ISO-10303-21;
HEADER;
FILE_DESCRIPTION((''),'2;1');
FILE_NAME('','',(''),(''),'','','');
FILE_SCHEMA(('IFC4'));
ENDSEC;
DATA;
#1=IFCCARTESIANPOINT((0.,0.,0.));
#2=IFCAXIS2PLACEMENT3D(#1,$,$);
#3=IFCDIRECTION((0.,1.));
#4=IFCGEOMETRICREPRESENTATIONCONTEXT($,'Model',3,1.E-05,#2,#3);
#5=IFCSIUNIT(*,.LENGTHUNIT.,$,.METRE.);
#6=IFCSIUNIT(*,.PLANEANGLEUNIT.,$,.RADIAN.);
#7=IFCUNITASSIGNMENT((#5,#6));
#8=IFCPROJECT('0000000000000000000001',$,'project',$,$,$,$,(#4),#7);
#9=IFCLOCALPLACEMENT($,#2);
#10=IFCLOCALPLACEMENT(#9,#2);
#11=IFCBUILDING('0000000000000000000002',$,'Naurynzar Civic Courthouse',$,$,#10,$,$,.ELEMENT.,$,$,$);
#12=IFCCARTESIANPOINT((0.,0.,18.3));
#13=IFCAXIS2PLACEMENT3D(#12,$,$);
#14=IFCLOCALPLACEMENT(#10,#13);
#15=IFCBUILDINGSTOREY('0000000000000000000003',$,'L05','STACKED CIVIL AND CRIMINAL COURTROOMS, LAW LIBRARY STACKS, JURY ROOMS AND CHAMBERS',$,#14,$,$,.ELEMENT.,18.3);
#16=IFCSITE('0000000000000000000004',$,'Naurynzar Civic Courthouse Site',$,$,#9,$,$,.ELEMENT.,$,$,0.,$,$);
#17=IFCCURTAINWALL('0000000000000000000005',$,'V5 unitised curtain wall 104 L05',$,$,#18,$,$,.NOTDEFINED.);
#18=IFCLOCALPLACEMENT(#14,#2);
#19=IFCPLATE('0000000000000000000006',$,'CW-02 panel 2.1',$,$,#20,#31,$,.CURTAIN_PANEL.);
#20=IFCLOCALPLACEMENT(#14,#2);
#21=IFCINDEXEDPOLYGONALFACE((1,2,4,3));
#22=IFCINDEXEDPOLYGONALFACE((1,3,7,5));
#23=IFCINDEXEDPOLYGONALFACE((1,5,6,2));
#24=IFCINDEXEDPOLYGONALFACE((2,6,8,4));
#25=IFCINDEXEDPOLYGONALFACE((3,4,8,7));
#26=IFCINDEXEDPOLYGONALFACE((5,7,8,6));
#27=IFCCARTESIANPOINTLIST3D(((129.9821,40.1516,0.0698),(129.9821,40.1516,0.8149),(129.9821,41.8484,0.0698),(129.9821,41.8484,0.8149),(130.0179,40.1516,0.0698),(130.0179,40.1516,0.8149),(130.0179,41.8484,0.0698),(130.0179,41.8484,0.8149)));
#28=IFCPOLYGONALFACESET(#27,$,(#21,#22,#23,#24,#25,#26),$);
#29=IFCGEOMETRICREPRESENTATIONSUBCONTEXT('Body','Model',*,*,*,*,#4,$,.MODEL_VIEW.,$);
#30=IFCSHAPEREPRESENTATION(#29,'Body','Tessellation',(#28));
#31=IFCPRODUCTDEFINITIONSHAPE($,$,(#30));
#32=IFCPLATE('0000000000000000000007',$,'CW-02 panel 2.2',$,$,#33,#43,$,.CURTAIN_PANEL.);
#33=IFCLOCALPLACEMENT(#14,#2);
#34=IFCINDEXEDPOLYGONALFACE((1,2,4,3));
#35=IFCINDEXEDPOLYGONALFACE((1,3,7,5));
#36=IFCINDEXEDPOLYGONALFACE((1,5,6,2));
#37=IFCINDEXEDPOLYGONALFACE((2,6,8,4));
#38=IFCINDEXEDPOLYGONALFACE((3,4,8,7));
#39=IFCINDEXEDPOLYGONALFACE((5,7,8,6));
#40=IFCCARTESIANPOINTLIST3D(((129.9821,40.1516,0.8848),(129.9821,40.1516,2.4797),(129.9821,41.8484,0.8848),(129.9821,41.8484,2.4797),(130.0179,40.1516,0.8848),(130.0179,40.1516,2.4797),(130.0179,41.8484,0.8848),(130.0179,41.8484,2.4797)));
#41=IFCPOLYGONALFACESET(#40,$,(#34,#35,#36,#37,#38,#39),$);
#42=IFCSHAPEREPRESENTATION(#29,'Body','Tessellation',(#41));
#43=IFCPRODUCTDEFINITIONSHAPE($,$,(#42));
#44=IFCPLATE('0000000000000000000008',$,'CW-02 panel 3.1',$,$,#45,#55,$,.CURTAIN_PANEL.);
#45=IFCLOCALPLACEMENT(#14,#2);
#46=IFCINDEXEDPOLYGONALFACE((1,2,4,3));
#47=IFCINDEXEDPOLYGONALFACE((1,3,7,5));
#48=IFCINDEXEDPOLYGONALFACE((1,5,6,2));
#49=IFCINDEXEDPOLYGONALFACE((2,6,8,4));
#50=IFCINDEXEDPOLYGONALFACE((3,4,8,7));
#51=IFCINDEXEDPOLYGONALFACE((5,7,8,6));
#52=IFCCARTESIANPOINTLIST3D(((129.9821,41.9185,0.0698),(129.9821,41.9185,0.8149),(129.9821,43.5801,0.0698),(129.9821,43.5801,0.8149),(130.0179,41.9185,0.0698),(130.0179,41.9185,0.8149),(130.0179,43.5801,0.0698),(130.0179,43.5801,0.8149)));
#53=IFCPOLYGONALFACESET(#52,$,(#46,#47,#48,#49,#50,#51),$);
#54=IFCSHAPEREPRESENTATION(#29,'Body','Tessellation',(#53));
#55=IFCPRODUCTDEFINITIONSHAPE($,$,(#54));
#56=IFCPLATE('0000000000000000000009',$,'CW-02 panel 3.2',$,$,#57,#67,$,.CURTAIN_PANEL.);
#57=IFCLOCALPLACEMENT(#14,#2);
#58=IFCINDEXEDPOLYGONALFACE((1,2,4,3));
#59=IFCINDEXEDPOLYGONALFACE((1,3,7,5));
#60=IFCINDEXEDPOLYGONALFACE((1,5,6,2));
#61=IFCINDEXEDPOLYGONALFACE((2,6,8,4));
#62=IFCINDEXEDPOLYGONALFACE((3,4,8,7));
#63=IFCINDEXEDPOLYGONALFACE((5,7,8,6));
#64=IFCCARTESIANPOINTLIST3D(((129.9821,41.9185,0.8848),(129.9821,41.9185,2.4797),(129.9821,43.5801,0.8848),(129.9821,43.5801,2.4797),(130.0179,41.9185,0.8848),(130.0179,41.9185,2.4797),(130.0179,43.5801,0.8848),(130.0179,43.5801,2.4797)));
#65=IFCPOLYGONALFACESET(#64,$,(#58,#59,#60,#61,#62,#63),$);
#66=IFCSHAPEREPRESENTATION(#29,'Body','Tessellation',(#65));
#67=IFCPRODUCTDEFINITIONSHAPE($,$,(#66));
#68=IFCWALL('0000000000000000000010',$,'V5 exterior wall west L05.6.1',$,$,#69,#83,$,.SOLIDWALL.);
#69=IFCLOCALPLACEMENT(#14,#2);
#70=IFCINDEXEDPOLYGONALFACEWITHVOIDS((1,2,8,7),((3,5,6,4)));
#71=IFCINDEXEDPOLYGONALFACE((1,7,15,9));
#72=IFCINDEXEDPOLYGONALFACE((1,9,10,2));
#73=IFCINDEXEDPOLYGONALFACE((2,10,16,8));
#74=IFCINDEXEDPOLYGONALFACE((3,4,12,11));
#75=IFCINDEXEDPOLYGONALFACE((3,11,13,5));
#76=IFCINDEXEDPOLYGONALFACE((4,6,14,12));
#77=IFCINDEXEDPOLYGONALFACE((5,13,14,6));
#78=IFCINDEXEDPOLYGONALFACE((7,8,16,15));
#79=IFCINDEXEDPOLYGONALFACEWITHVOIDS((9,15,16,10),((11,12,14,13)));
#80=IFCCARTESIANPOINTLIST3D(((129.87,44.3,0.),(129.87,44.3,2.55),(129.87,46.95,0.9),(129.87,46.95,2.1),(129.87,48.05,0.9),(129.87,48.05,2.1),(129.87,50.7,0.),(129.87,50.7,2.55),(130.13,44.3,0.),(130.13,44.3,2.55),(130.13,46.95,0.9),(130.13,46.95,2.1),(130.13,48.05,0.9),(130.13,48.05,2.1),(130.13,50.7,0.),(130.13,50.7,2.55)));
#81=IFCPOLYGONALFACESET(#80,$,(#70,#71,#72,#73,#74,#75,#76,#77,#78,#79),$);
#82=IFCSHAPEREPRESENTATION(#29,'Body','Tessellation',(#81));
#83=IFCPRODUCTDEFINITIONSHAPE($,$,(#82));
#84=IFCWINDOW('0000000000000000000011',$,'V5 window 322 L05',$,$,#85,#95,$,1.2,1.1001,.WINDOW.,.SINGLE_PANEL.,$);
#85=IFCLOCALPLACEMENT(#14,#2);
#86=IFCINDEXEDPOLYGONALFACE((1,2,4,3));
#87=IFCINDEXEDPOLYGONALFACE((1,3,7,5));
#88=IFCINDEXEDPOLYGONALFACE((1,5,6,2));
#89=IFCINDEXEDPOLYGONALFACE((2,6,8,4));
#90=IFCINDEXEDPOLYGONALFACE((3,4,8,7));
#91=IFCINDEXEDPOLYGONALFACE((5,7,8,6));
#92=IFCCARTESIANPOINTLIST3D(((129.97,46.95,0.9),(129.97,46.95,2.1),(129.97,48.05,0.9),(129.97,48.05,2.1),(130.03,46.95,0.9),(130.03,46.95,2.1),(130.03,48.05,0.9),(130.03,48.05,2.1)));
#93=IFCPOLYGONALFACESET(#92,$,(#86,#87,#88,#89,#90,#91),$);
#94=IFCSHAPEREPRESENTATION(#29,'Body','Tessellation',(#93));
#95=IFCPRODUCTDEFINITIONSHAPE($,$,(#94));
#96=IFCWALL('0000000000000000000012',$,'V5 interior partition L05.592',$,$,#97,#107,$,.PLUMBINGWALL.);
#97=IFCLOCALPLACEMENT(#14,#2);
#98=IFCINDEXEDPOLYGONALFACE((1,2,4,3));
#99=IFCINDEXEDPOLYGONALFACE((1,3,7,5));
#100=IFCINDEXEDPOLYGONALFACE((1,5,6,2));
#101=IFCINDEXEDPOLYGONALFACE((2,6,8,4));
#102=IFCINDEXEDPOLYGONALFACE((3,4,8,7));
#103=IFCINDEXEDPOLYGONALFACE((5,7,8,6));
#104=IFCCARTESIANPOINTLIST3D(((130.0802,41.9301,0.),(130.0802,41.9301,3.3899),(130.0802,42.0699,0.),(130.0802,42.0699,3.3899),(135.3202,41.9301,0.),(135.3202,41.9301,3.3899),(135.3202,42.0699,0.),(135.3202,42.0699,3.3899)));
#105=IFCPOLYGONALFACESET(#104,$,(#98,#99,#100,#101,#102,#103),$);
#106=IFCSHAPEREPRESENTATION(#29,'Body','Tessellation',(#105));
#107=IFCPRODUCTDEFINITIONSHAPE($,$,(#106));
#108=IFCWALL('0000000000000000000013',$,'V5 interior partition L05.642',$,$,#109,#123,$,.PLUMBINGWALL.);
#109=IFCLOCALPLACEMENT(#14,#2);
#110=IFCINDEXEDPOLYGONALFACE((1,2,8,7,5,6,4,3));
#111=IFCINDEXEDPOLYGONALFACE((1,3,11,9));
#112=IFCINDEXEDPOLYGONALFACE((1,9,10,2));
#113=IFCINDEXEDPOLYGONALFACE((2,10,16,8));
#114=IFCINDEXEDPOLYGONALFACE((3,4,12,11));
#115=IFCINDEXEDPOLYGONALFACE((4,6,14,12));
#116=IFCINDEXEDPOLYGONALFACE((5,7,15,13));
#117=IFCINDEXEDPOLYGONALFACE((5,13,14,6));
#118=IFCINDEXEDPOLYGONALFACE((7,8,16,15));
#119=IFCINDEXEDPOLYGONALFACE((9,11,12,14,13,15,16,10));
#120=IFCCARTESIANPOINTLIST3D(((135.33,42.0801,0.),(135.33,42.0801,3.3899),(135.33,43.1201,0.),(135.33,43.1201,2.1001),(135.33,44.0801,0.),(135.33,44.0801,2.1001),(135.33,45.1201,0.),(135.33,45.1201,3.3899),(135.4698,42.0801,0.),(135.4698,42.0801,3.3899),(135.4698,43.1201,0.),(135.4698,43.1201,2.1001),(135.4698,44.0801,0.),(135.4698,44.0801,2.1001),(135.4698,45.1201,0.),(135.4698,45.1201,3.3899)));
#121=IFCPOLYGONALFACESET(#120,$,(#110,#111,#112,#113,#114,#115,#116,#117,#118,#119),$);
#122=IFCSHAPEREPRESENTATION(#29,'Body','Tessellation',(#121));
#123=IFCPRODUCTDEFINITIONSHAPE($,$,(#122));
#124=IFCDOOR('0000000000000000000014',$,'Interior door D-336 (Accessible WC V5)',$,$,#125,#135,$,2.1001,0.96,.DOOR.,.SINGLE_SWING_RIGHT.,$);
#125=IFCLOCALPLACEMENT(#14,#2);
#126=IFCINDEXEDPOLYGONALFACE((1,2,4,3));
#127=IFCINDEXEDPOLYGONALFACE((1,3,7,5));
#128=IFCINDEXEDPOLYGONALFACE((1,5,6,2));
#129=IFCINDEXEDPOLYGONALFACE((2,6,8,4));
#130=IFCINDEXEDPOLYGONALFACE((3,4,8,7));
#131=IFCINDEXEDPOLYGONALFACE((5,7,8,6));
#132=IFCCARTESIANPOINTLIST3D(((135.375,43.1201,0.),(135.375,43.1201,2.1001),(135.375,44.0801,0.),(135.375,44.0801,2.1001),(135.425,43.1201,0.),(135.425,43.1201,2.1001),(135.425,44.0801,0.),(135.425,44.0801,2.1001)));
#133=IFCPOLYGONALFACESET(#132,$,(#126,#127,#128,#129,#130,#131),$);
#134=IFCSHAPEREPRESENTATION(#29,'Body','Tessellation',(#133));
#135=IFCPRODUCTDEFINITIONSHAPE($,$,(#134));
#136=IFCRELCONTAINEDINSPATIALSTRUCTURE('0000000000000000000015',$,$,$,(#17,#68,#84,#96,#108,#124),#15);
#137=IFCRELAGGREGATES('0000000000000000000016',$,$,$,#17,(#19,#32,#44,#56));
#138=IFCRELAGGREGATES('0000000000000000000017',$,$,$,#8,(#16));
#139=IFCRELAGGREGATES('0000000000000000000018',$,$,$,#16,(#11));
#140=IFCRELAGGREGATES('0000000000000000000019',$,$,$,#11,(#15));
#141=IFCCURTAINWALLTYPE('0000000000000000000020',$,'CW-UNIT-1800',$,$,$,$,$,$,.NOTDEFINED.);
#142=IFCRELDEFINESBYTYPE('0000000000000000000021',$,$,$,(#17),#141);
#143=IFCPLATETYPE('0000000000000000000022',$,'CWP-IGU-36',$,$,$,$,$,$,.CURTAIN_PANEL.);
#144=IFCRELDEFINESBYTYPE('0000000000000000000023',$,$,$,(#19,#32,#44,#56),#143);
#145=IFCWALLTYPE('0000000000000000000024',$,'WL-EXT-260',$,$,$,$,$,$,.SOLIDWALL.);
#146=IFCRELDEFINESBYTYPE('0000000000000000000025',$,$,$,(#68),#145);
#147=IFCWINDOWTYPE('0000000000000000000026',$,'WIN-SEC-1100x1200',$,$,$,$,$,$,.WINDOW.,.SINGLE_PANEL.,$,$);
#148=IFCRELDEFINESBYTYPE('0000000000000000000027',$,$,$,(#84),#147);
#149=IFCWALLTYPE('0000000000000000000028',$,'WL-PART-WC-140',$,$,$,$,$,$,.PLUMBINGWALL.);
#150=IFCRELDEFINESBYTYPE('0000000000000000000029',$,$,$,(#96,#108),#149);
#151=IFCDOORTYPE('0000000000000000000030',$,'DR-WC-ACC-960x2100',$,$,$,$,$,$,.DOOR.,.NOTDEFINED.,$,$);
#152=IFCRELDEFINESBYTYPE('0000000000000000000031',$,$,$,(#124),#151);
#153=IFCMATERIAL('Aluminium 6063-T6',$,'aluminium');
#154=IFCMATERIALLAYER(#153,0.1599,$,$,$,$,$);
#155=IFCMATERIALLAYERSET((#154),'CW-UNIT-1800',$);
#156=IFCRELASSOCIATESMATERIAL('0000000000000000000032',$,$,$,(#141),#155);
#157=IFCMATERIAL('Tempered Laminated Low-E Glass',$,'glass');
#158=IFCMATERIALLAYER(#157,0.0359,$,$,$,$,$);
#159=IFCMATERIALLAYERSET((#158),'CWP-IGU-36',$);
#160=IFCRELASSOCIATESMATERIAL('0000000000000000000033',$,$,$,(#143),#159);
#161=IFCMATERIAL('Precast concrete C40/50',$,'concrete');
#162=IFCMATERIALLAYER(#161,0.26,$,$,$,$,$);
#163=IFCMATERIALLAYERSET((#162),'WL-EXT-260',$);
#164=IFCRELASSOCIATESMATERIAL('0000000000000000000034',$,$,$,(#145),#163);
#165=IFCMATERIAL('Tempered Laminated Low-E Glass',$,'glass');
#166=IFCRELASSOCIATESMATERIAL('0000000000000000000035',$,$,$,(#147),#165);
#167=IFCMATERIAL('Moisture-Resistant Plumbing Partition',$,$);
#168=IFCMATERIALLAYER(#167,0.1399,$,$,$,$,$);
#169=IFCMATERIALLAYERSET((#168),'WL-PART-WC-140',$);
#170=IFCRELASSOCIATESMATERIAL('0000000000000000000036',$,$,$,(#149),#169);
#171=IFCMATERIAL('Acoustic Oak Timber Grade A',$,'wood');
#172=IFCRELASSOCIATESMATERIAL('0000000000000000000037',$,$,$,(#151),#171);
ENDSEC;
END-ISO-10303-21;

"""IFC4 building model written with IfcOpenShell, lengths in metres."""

from ifc_helpers import new_model, si_unit, direction, frame, frame_2d, origin, origin_2d, place, context, subcontext, project, spatial, rectangle, extrude, material, layer, layer_set, type_object, element, fill, aggregate, save


model = new_model("IFC4")

# Units and contexts
model_context = context("Model", 3, precision=1e-05, world=origin(), true_north=direction((0.0, 1.0)))
body_context = subcontext(model_context, "Body", "Model", "MODEL_VIEW")
ifc_project = project(units=[si_unit("LENGTHUNIT", "METRE"), si_unit("PLANEANGLEUNIT", "RADIAN")], contexts=[model_context])

# Site, building, storey
site_placement = place(None, origin())
site = spatial("IfcSite", under=ifc_project, at=site_placement, Name="Naurynzar Civic Courthouse Site", CompositionType="ELEMENT", RefElevation=0.0)
building_placement = place(site_placement, origin())
building = spatial("IfcBuilding", under=site, at=building_placement, Name="Naurynzar Civic Courthouse", CompositionType="ELEMENT")
storey_placement = place(building_placement, frame((0.0, 0.0, 18.3)))
storey = spatial("IfcBuildingStorey", under=building, at=storey_placement, Name="L05", Description="STACKED CIVIL AND CRIMINAL COURTROOMS, LAW LIBRARY STACKS, JURY ROOMS AND CHAMBERS", CompositionType="ELEMENT", Elevation=18.3)

# Curtain wall, plates
ifc_material_1 = material(Name="Aluminium 6063-T6", Category="aluminium")
ifc_layer_1 = layer(ifc_material_1, 0.1599)
ifc_layer_set_1 = layer_set([ifc_layer_1], Name="CW-UNIT-1800")
curtain_wall_type = type_object("IfcCurtainWallType", Name="CW-UNIT-1800", PredefinedType="NOTDEFINED", material=ifc_layer_set_1)
curtain_wall_placement = place(storey_placement, origin())
curtain_wall = element("IfcCurtainWall", 1, at=curtain_wall_placement, inside=storey, type_object=curtain_wall_type, Name="V5 unitised curtain wall 104 L05", PredefinedType="NOTDEFINED")
ifc_material_2 = material(Name="Tempered Laminated Low-E Glass", Category="glass")
ifc_layer_2 = layer(ifc_material_2, 0.0359)
ifc_layer_set_2 = layer_set([ifc_layer_2], Name="CWP-IGU-36")
plate_type = type_object("IfcPlateType", Name="CWP-IGU-36", PredefinedType="CURTAIN_PANEL", material=ifc_layer_set_2)
plate_1_placement = place(storey_placement, frame((130.0, 41.0, 0.0698), z_axis=(0.0, 0.0, 1.0), x_axis=(0.0, 1.0, 0.0)))
plate_1 = element("IfcPlate", 2, at=plate_1_placement, type_object=plate_type, Name="CW-02 panel 2.1", PredefinedType="CURTAIN_PANEL", context=body_context, shape_type="SweptSolid", body=[
    extrude(rectangle(XDim=1.6968, YDim=0.0359, at=origin_2d()), origin(), (0.0, 0.0, 1.0), 0.7451),
])
plate_2_placement = place(storey_placement, frame((130.0, 41.0, 0.8848), z_axis=(0.0, 0.0, 1.0), x_axis=(0.0, 1.0, 0.0)))
plate_2 = element("IfcPlate", 3, at=plate_2_placement, type_object=plate_type, Name="CW-02 panel 2.2", PredefinedType="CURTAIN_PANEL", context=body_context, shape_type="SweptSolid", body=[
    extrude(rectangle(XDim=1.6968, YDim=0.0359, at=origin_2d()), origin(), (0.0, 0.0, 1.0), 1.595),
])
plate_3_placement = place(storey_placement, frame((130.0, 42.7493, 0.0698), z_axis=(0.0, 0.0, 1.0), x_axis=(0.0, 1.0, 0.0)))
plate_3 = element("IfcPlate", 4, at=plate_3_placement, type_object=plate_type, Name="CW-02 panel 3.1", PredefinedType="CURTAIN_PANEL", context=body_context, shape_type="SweptSolid", body=[
    extrude(rectangle(XDim=1.6616, YDim=0.0359, at=origin_2d()), origin(), (0.0, 0.0, 1.0), 0.7451),
])
plate_4_placement = place(storey_placement, frame((130.0, 42.7493, 0.8848), z_axis=(0.0, 0.0, 1.0), x_axis=(0.0, 1.0, 0.0)))
plate_4 = element("IfcPlate", 5, at=plate_4_placement, type_object=plate_type, Name="CW-02 panel 3.2", PredefinedType="CURTAIN_PANEL", context=body_context, shape_type="SweptSolid", body=[
    extrude(rectangle(XDim=1.6616, YDim=0.0359, at=origin_2d()), origin(), (0.0, 0.0, 1.0), 1.595),
])
aggregate(curtain_wall, [plate_1, plate_2, plate_3, plate_4])

# Wall, opening, window
ifc_material_3 = material(Name="Precast concrete C40/50", Category="concrete")
ifc_layer_3 = layer(ifc_material_3, 0.26)
ifc_layer_set_3 = layer_set([ifc_layer_3], Name="WL-EXT-260")
wall_type_1 = type_object("IfcWallType", Name="WL-EXT-260", PredefinedType="SOLIDWALL", material=ifc_layer_set_3)
wall_1_placement = place(storey_placement, frame((130.0, 44.3, 0.0), z_axis=(0.0, 0.0, 1.0), x_axis=(0.0, 1.0, 0.0)))
wall_1 = element("IfcWall", 6, at=wall_1_placement, inside=storey, type_object=wall_type_1, Name="V5 exterior wall west L05.6.1", PredefinedType="SOLIDWALL", context=body_context, shape_type="SweptSolid", body=[
    extrude(rectangle(XDim=6.3999, YDim=0.26, at=frame_2d((3.2, 0.0))), origin(), (0.0, 0.0, 1.0), 2.55),
])
opening_1_placement = place(wall_1_placement, frame((2.6499, 0.0, 0.8999)))
opening_1 = element("IfcOpeningElement", 7, at=opening_1_placement, cuts=wall_1, PredefinedType="OPENING", context=body_context, shape_type="SweptSolid", body=[
    extrude(rectangle(XDim=1.1001, YDim=1.2, at=frame_2d((0.55, 0.6001))), frame((0.0, 0.1399, 0.0), z_axis=(0.0, -1.0, 0.0), x_axis=(1.0, 0.0, 0.0)), (0.0, 0.0, 1.0), 0.28),
])
ifc_material_4 = material(Name="Tempered Laminated Low-E Glass", Category="glass")
window_type = type_object("IfcWindowType", Name="WIN-SEC-1100x1200", PartitioningType="SINGLE_PANEL", PredefinedType="WINDOW", material=ifc_material_4)
window_placement = place(opening_1_placement, origin())
window = element("IfcWindow", 8, at=window_placement, inside=storey, type_object=window_type, Name="V5 window 322 L05", OverallHeight=1.2, OverallWidth=1.1001, PartitioningType="SINGLE_PANEL", PredefinedType="WINDOW", context=body_context, shape_type="SweptSolid", body=[
    extrude(rectangle(XDim=1.1001, YDim=1.2, at=frame_2d((0.55, 0.6001))), frame((0.0, 0.03, 0.0), z_axis=(0.0, -1.0, 0.0), x_axis=(1.0, 0.0, 0.0)), (0.0, 0.0, 1.0), 0.0601),
])
fill(opening_1, window)

# Wall
ifc_material_5 = material(Name="Moisture-Resistant Plumbing Partition")
ifc_layer_4 = layer(ifc_material_5, 0.1399)
ifc_layer_set_4 = layer_set([ifc_layer_4], Name="WL-PART-WC-140")
wall_type_2 = type_object("IfcWallType", Name="WL-PART-WC-140", PredefinedType="PLUMBINGWALL", material=ifc_layer_set_4)
wall_2_placement = place(storey_placement, frame((130.0801, 42.0, 0.0), z_axis=(0.0, 0.0, 1.0), x_axis=(1.0, 0.0, 0.0)))
element("IfcWall", 9, at=wall_2_placement, inside=storey, type_object=wall_type_2, Name="V5 interior partition L05.592", PredefinedType="PLUMBINGWALL", context=body_context, shape_type="SweptSolid", body=[
    extrude(rectangle(XDim=5.24, YDim=0.1399, at=frame_2d((2.6201, 0.0))), origin(), (0.0, 0.0, 1.0), 3.3899),
])

# Wall, opening, door
wall_3_placement = place(storey_placement, frame((135.3999, 42.0801, 0.0), z_axis=(0.0, 0.0, 1.0), x_axis=(0.0, 1.0, 0.0)))
wall_3 = element("IfcWall", 10, at=wall_3_placement, inside=storey, type_object=wall_type_2, Name="V5 interior partition L05.642", PredefinedType="PLUMBINGWALL", context=body_context, shape_type="SweptSolid", body=[
    extrude(rectangle(XDim=3.04, YDim=0.1399, at=frame_2d((1.52, 0.0))), origin(), (0.0, 0.0, 1.0), 3.3899),
])
opening_2_placement = place(wall_3_placement, frame((1.04, 0.0, 0.0)))
opening_2 = element("IfcOpeningElement", 11, at=opening_2_placement, cuts=wall_3, PredefinedType="OPENING", context=body_context, shape_type="SweptSolid", body=[
    extrude(rectangle(XDim=0.96, YDim=2.1001, at=frame_2d((0.48, 1.05))), frame((0.0, 0.0798, 0.0), z_axis=(0.0, -1.0, 0.0), x_axis=(1.0, 0.0, 0.0)), (0.0, 0.0, 1.0), 0.1599),
])
ifc_material_6 = material(Name="Acoustic Oak Timber Grade A", Category="wood")
door_type = type_object("IfcDoorType", Name="DR-WC-ACC-960x2100", OperationType="NOTDEFINED", PredefinedType="DOOR", material=ifc_material_6)
door_placement = place(opening_2_placement, origin())
door = element("IfcDoor", 12, at=door_placement, inside=storey, type_object=door_type, Name="Interior door D-336 (Accessible WC V5)", OperationType="SINGLE_SWING_RIGHT", OverallHeight=2.1001, OverallWidth=0.96, PredefinedType="DOOR", context=body_context, shape_type="SweptSolid", body=[
    extrude(rectangle(XDim=0.96, YDim=2.1001, at=frame_2d((0.48, 1.05))), frame((0.0, 0.0249, 0.0), z_axis=(0.0, -1.0, 0.0), x_axis=(1.0, 0.0, 0.0)), (0.0, 0.0, 1.0), 0.05),
])
fill(opening_2, door)

save(model, "model.ifc")
